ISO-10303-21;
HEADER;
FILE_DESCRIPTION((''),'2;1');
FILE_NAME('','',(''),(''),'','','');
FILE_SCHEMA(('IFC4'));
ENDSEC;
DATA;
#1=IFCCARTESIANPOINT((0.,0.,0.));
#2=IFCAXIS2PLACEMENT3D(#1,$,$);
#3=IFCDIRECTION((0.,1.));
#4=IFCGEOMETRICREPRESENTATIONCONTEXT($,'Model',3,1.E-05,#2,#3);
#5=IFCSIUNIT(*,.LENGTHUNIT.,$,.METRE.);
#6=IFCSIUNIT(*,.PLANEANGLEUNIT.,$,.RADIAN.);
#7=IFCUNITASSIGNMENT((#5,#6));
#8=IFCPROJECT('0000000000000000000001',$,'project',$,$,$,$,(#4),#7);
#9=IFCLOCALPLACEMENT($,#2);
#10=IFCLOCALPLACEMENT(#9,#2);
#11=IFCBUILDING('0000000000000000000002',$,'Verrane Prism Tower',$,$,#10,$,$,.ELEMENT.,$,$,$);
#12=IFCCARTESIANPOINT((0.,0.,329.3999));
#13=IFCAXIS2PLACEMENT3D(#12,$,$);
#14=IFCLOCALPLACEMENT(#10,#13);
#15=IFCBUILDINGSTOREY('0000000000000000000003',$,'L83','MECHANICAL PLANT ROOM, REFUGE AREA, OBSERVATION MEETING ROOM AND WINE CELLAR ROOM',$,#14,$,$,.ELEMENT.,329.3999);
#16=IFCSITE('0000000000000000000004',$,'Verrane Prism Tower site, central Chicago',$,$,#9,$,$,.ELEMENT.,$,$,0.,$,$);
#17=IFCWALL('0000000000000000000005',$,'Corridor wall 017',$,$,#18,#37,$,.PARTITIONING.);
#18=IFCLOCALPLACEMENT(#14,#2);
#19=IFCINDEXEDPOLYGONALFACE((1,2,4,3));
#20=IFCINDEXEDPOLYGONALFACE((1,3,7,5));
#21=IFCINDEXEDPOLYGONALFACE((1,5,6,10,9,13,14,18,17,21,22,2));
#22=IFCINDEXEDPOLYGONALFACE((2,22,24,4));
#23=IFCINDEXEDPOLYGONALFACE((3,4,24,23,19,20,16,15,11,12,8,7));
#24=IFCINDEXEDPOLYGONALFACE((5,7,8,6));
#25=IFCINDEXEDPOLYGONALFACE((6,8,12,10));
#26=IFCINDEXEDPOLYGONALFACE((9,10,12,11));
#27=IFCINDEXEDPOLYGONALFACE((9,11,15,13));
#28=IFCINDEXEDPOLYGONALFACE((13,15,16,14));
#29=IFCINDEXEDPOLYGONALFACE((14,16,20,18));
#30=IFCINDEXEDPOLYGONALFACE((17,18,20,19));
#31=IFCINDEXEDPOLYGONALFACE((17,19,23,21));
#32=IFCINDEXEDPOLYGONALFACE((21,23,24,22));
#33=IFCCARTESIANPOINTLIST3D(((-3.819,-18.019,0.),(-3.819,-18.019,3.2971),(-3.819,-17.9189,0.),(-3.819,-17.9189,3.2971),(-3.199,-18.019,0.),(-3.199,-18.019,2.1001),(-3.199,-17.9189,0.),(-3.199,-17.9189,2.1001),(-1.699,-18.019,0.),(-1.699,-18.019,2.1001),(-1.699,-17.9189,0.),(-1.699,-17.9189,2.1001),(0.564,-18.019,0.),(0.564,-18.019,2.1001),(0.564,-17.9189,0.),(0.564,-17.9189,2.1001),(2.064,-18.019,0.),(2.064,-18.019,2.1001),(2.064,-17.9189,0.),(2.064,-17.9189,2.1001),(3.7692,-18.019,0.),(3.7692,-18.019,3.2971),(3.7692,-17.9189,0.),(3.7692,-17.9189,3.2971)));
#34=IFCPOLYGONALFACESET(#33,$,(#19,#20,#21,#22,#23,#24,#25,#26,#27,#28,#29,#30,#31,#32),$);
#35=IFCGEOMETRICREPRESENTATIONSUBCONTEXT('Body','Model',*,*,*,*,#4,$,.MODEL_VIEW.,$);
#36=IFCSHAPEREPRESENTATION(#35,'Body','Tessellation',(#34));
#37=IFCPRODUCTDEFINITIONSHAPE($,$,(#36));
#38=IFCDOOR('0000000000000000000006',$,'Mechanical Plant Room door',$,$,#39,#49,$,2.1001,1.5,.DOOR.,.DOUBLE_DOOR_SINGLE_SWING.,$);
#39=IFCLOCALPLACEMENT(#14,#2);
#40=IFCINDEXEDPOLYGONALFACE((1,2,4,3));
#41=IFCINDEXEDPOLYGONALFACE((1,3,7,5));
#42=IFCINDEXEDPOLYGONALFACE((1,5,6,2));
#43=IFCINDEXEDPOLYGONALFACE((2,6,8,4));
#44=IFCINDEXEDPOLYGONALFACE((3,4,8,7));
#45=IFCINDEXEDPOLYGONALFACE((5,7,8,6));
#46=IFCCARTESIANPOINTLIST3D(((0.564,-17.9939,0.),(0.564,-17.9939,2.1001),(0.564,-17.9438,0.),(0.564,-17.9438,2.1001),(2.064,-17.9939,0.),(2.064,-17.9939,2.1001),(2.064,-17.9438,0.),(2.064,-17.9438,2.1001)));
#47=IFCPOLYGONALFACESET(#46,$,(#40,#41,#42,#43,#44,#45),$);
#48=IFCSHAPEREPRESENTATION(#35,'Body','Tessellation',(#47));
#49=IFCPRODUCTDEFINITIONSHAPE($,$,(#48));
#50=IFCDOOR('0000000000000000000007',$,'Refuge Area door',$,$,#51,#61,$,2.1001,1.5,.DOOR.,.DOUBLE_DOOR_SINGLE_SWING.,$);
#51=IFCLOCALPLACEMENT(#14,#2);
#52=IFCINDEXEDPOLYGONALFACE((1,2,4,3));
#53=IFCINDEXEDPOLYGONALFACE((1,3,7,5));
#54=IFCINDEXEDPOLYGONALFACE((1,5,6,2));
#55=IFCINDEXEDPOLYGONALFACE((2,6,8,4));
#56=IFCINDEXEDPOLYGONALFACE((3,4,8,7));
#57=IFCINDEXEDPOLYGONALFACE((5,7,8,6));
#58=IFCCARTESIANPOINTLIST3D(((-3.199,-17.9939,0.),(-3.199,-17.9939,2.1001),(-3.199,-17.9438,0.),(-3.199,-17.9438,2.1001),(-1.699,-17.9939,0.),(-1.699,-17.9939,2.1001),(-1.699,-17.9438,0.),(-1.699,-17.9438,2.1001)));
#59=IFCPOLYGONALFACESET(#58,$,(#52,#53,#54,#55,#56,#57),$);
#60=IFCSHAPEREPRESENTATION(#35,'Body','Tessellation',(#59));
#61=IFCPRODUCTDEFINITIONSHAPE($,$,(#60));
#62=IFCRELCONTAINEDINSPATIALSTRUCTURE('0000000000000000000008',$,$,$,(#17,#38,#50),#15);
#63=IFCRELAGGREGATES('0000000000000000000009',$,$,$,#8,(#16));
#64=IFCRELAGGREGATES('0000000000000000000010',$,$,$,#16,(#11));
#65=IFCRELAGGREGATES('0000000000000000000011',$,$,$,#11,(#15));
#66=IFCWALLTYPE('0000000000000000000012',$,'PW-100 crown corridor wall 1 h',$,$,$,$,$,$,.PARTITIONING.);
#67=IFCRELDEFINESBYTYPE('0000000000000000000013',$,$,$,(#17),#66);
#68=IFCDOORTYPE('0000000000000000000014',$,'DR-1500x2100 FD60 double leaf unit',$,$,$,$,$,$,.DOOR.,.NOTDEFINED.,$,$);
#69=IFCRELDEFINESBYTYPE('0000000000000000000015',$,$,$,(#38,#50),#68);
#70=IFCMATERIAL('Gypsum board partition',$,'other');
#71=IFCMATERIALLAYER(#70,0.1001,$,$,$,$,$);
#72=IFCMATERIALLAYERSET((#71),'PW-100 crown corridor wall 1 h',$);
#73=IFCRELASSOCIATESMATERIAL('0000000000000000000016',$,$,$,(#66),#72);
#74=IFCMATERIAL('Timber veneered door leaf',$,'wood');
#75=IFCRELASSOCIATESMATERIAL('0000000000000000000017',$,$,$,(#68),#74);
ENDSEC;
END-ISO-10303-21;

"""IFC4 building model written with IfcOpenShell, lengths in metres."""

from ifc_helpers import new_model, si_unit, direction, frame, frame_2d, origin, place, context, subcontext, project, spatial, rectangle, extrude, material, layer, layer_set, type_object, element, fill, save


model = new_model("IFC4")

# Units and contexts
model_context = context("Model", 3, precision=1e-05, world=origin(), true_north=direction((0.0, 1.0)))
body_context = subcontext(model_context, "Body", "Model", "MODEL_VIEW")
ifc_project = project(units=[si_unit("LENGTHUNIT", "METRE"), si_unit("PLANEANGLEUNIT", "RADIAN")], contexts=[model_context])

# Site, building, storey
site_placement = place(None, origin())
site = spatial("IfcSite", under=ifc_project, at=site_placement, Name="Verrane Prism Tower site, central Chicago", CompositionType="ELEMENT", RefElevation=0.0)
building_placement = place(site_placement, origin())
building = spatial("IfcBuilding", under=site, at=building_placement, Name="Verrane Prism Tower", CompositionType="ELEMENT")
storey_placement = place(building_placement, frame((0.0, 0.0, 329.3999)))
storey = spatial("IfcBuildingStorey", under=building, at=storey_placement, Name="L83", Description="MECHANICAL PLANT ROOM, REFUGE AREA, OBSERVATION MEETING ROOM AND WINE CELLAR ROOM", CompositionType="ELEMENT", Elevation=329.3999)

# Wall, openings, doors
ifc_material_1 = material(Name="Gypsum board partition", Category="other")
ifc_layer_1 = layer(ifc_material_1, 0.1001)
ifc_layer_set_1 = layer_set([ifc_layer_1], Name="PW-100 crown corridor wall 1 h")
wall_type = type_object("IfcWallType", Name="PW-100 crown corridor wall 1 h", PredefinedType="PARTITIONING", material=ifc_layer_set_1)
wall_placement = place(storey_placement, frame((3.769, -17.969, 0.0), z_axis=(0.0, 0.0, 1.0), x_axis=(-1.0, 0.0, 0.0)))
wall = element("IfcWall", 1, at=wall_placement, inside=storey, type_object=wall_type, Name="Corridor wall 017", PredefinedType="PARTITIONING", context=body_context, shape_type="SweptSolid", body=[
    extrude(rectangle(XDim=7.5881, YDim=0.1001, at=frame_2d((3.7939, 0.0))), origin(), (0.0, 0.0, 1.0), 3.2971),
])
opening_1_placement = place(wall_placement, frame((1.7051, 0.0, 0.0)))
opening_1 = element("IfcOpeningElement", 2, at=opening_1_placement, cuts=wall, PredefinedType="OPENING", context=body_context, shape_type="SweptSolid", body=[
    extrude(rectangle(XDim=1.5, YDim=2.1001, at=frame_2d((0.75, 1.05))), frame((0.0, 0.0601, 0.0), z_axis=(0.0, -1.0, 0.0), x_axis=(1.0, 0.0, 0.0)), (0.0, 0.0, 1.0), 0.1201),
])
opening_2_placement = place(wall_placement, frame((5.468, 0.0, 0.0)))
opening_2 = element("IfcOpeningElement", 3, at=opening_2_placement, cuts=wall, PredefinedType="OPENING", context=body_context, shape_type="SweptSolid", body=[
    extrude(rectangle(XDim=1.5, YDim=2.1001, at=frame_2d((0.75, 1.05))), frame((0.0, 0.0601, 0.0), z_axis=(0.0, -1.0, 0.0), x_axis=(1.0, 0.0, 0.0)), (0.0, 0.0, 1.0), 0.1201),
])
ifc_material_2 = material(Name="Timber veneered door leaf", Category="wood")
door_type = type_object("IfcDoorType", Name="DR-1500x2100 FD60 double leaf unit", OperationType="NOTDEFINED", PredefinedType="DOOR", material=ifc_material_2)
door_1_placement = place(opening_1_placement, origin())
door_1 = element("IfcDoor", 4, at=door_1_placement, inside=storey, type_object=door_type, Name="Mechanical Plant Room door", OperationType="DOUBLE_DOOR_SINGLE_SWING", OverallHeight=2.1001, OverallWidth=1.5, PredefinedType="DOOR", context=body_context, shape_type="SweptSolid", body=[
    extrude(rectangle(XDim=1.5, YDim=2.1001, at=frame_2d((0.75, 1.05))), frame((0.0, 0.0249, 0.0), z_axis=(0.0, -1.0, 0.0), x_axis=(1.0, 0.0, 0.0)), (0.0, 0.0, 1.0), 0.05),
])
fill(opening_1, door_1)
door_2_placement = place(opening_2_placement, origin())
door_2 = element("IfcDoor", 5, at=door_2_placement, inside=storey, type_object=door_type, Name="Refuge Area door", OperationType="DOUBLE_DOOR_SINGLE_SWING", OverallHeight=2.1001, OverallWidth=1.5, PredefinedType="DOOR", context=body_context, shape_type="SweptSolid", body=[
    extrude(rectangle(XDim=1.5, YDim=2.1001, at=frame_2d((0.75, 1.05))), frame((0.0, 0.0249, 0.0), z_axis=(0.0, -1.0, 0.0), x_axis=(1.0, 0.0, 0.0)), (0.0, 0.0, 1.0), 0.05),
])
fill(opening_2, door_2)

save(model, "model.ifc")
